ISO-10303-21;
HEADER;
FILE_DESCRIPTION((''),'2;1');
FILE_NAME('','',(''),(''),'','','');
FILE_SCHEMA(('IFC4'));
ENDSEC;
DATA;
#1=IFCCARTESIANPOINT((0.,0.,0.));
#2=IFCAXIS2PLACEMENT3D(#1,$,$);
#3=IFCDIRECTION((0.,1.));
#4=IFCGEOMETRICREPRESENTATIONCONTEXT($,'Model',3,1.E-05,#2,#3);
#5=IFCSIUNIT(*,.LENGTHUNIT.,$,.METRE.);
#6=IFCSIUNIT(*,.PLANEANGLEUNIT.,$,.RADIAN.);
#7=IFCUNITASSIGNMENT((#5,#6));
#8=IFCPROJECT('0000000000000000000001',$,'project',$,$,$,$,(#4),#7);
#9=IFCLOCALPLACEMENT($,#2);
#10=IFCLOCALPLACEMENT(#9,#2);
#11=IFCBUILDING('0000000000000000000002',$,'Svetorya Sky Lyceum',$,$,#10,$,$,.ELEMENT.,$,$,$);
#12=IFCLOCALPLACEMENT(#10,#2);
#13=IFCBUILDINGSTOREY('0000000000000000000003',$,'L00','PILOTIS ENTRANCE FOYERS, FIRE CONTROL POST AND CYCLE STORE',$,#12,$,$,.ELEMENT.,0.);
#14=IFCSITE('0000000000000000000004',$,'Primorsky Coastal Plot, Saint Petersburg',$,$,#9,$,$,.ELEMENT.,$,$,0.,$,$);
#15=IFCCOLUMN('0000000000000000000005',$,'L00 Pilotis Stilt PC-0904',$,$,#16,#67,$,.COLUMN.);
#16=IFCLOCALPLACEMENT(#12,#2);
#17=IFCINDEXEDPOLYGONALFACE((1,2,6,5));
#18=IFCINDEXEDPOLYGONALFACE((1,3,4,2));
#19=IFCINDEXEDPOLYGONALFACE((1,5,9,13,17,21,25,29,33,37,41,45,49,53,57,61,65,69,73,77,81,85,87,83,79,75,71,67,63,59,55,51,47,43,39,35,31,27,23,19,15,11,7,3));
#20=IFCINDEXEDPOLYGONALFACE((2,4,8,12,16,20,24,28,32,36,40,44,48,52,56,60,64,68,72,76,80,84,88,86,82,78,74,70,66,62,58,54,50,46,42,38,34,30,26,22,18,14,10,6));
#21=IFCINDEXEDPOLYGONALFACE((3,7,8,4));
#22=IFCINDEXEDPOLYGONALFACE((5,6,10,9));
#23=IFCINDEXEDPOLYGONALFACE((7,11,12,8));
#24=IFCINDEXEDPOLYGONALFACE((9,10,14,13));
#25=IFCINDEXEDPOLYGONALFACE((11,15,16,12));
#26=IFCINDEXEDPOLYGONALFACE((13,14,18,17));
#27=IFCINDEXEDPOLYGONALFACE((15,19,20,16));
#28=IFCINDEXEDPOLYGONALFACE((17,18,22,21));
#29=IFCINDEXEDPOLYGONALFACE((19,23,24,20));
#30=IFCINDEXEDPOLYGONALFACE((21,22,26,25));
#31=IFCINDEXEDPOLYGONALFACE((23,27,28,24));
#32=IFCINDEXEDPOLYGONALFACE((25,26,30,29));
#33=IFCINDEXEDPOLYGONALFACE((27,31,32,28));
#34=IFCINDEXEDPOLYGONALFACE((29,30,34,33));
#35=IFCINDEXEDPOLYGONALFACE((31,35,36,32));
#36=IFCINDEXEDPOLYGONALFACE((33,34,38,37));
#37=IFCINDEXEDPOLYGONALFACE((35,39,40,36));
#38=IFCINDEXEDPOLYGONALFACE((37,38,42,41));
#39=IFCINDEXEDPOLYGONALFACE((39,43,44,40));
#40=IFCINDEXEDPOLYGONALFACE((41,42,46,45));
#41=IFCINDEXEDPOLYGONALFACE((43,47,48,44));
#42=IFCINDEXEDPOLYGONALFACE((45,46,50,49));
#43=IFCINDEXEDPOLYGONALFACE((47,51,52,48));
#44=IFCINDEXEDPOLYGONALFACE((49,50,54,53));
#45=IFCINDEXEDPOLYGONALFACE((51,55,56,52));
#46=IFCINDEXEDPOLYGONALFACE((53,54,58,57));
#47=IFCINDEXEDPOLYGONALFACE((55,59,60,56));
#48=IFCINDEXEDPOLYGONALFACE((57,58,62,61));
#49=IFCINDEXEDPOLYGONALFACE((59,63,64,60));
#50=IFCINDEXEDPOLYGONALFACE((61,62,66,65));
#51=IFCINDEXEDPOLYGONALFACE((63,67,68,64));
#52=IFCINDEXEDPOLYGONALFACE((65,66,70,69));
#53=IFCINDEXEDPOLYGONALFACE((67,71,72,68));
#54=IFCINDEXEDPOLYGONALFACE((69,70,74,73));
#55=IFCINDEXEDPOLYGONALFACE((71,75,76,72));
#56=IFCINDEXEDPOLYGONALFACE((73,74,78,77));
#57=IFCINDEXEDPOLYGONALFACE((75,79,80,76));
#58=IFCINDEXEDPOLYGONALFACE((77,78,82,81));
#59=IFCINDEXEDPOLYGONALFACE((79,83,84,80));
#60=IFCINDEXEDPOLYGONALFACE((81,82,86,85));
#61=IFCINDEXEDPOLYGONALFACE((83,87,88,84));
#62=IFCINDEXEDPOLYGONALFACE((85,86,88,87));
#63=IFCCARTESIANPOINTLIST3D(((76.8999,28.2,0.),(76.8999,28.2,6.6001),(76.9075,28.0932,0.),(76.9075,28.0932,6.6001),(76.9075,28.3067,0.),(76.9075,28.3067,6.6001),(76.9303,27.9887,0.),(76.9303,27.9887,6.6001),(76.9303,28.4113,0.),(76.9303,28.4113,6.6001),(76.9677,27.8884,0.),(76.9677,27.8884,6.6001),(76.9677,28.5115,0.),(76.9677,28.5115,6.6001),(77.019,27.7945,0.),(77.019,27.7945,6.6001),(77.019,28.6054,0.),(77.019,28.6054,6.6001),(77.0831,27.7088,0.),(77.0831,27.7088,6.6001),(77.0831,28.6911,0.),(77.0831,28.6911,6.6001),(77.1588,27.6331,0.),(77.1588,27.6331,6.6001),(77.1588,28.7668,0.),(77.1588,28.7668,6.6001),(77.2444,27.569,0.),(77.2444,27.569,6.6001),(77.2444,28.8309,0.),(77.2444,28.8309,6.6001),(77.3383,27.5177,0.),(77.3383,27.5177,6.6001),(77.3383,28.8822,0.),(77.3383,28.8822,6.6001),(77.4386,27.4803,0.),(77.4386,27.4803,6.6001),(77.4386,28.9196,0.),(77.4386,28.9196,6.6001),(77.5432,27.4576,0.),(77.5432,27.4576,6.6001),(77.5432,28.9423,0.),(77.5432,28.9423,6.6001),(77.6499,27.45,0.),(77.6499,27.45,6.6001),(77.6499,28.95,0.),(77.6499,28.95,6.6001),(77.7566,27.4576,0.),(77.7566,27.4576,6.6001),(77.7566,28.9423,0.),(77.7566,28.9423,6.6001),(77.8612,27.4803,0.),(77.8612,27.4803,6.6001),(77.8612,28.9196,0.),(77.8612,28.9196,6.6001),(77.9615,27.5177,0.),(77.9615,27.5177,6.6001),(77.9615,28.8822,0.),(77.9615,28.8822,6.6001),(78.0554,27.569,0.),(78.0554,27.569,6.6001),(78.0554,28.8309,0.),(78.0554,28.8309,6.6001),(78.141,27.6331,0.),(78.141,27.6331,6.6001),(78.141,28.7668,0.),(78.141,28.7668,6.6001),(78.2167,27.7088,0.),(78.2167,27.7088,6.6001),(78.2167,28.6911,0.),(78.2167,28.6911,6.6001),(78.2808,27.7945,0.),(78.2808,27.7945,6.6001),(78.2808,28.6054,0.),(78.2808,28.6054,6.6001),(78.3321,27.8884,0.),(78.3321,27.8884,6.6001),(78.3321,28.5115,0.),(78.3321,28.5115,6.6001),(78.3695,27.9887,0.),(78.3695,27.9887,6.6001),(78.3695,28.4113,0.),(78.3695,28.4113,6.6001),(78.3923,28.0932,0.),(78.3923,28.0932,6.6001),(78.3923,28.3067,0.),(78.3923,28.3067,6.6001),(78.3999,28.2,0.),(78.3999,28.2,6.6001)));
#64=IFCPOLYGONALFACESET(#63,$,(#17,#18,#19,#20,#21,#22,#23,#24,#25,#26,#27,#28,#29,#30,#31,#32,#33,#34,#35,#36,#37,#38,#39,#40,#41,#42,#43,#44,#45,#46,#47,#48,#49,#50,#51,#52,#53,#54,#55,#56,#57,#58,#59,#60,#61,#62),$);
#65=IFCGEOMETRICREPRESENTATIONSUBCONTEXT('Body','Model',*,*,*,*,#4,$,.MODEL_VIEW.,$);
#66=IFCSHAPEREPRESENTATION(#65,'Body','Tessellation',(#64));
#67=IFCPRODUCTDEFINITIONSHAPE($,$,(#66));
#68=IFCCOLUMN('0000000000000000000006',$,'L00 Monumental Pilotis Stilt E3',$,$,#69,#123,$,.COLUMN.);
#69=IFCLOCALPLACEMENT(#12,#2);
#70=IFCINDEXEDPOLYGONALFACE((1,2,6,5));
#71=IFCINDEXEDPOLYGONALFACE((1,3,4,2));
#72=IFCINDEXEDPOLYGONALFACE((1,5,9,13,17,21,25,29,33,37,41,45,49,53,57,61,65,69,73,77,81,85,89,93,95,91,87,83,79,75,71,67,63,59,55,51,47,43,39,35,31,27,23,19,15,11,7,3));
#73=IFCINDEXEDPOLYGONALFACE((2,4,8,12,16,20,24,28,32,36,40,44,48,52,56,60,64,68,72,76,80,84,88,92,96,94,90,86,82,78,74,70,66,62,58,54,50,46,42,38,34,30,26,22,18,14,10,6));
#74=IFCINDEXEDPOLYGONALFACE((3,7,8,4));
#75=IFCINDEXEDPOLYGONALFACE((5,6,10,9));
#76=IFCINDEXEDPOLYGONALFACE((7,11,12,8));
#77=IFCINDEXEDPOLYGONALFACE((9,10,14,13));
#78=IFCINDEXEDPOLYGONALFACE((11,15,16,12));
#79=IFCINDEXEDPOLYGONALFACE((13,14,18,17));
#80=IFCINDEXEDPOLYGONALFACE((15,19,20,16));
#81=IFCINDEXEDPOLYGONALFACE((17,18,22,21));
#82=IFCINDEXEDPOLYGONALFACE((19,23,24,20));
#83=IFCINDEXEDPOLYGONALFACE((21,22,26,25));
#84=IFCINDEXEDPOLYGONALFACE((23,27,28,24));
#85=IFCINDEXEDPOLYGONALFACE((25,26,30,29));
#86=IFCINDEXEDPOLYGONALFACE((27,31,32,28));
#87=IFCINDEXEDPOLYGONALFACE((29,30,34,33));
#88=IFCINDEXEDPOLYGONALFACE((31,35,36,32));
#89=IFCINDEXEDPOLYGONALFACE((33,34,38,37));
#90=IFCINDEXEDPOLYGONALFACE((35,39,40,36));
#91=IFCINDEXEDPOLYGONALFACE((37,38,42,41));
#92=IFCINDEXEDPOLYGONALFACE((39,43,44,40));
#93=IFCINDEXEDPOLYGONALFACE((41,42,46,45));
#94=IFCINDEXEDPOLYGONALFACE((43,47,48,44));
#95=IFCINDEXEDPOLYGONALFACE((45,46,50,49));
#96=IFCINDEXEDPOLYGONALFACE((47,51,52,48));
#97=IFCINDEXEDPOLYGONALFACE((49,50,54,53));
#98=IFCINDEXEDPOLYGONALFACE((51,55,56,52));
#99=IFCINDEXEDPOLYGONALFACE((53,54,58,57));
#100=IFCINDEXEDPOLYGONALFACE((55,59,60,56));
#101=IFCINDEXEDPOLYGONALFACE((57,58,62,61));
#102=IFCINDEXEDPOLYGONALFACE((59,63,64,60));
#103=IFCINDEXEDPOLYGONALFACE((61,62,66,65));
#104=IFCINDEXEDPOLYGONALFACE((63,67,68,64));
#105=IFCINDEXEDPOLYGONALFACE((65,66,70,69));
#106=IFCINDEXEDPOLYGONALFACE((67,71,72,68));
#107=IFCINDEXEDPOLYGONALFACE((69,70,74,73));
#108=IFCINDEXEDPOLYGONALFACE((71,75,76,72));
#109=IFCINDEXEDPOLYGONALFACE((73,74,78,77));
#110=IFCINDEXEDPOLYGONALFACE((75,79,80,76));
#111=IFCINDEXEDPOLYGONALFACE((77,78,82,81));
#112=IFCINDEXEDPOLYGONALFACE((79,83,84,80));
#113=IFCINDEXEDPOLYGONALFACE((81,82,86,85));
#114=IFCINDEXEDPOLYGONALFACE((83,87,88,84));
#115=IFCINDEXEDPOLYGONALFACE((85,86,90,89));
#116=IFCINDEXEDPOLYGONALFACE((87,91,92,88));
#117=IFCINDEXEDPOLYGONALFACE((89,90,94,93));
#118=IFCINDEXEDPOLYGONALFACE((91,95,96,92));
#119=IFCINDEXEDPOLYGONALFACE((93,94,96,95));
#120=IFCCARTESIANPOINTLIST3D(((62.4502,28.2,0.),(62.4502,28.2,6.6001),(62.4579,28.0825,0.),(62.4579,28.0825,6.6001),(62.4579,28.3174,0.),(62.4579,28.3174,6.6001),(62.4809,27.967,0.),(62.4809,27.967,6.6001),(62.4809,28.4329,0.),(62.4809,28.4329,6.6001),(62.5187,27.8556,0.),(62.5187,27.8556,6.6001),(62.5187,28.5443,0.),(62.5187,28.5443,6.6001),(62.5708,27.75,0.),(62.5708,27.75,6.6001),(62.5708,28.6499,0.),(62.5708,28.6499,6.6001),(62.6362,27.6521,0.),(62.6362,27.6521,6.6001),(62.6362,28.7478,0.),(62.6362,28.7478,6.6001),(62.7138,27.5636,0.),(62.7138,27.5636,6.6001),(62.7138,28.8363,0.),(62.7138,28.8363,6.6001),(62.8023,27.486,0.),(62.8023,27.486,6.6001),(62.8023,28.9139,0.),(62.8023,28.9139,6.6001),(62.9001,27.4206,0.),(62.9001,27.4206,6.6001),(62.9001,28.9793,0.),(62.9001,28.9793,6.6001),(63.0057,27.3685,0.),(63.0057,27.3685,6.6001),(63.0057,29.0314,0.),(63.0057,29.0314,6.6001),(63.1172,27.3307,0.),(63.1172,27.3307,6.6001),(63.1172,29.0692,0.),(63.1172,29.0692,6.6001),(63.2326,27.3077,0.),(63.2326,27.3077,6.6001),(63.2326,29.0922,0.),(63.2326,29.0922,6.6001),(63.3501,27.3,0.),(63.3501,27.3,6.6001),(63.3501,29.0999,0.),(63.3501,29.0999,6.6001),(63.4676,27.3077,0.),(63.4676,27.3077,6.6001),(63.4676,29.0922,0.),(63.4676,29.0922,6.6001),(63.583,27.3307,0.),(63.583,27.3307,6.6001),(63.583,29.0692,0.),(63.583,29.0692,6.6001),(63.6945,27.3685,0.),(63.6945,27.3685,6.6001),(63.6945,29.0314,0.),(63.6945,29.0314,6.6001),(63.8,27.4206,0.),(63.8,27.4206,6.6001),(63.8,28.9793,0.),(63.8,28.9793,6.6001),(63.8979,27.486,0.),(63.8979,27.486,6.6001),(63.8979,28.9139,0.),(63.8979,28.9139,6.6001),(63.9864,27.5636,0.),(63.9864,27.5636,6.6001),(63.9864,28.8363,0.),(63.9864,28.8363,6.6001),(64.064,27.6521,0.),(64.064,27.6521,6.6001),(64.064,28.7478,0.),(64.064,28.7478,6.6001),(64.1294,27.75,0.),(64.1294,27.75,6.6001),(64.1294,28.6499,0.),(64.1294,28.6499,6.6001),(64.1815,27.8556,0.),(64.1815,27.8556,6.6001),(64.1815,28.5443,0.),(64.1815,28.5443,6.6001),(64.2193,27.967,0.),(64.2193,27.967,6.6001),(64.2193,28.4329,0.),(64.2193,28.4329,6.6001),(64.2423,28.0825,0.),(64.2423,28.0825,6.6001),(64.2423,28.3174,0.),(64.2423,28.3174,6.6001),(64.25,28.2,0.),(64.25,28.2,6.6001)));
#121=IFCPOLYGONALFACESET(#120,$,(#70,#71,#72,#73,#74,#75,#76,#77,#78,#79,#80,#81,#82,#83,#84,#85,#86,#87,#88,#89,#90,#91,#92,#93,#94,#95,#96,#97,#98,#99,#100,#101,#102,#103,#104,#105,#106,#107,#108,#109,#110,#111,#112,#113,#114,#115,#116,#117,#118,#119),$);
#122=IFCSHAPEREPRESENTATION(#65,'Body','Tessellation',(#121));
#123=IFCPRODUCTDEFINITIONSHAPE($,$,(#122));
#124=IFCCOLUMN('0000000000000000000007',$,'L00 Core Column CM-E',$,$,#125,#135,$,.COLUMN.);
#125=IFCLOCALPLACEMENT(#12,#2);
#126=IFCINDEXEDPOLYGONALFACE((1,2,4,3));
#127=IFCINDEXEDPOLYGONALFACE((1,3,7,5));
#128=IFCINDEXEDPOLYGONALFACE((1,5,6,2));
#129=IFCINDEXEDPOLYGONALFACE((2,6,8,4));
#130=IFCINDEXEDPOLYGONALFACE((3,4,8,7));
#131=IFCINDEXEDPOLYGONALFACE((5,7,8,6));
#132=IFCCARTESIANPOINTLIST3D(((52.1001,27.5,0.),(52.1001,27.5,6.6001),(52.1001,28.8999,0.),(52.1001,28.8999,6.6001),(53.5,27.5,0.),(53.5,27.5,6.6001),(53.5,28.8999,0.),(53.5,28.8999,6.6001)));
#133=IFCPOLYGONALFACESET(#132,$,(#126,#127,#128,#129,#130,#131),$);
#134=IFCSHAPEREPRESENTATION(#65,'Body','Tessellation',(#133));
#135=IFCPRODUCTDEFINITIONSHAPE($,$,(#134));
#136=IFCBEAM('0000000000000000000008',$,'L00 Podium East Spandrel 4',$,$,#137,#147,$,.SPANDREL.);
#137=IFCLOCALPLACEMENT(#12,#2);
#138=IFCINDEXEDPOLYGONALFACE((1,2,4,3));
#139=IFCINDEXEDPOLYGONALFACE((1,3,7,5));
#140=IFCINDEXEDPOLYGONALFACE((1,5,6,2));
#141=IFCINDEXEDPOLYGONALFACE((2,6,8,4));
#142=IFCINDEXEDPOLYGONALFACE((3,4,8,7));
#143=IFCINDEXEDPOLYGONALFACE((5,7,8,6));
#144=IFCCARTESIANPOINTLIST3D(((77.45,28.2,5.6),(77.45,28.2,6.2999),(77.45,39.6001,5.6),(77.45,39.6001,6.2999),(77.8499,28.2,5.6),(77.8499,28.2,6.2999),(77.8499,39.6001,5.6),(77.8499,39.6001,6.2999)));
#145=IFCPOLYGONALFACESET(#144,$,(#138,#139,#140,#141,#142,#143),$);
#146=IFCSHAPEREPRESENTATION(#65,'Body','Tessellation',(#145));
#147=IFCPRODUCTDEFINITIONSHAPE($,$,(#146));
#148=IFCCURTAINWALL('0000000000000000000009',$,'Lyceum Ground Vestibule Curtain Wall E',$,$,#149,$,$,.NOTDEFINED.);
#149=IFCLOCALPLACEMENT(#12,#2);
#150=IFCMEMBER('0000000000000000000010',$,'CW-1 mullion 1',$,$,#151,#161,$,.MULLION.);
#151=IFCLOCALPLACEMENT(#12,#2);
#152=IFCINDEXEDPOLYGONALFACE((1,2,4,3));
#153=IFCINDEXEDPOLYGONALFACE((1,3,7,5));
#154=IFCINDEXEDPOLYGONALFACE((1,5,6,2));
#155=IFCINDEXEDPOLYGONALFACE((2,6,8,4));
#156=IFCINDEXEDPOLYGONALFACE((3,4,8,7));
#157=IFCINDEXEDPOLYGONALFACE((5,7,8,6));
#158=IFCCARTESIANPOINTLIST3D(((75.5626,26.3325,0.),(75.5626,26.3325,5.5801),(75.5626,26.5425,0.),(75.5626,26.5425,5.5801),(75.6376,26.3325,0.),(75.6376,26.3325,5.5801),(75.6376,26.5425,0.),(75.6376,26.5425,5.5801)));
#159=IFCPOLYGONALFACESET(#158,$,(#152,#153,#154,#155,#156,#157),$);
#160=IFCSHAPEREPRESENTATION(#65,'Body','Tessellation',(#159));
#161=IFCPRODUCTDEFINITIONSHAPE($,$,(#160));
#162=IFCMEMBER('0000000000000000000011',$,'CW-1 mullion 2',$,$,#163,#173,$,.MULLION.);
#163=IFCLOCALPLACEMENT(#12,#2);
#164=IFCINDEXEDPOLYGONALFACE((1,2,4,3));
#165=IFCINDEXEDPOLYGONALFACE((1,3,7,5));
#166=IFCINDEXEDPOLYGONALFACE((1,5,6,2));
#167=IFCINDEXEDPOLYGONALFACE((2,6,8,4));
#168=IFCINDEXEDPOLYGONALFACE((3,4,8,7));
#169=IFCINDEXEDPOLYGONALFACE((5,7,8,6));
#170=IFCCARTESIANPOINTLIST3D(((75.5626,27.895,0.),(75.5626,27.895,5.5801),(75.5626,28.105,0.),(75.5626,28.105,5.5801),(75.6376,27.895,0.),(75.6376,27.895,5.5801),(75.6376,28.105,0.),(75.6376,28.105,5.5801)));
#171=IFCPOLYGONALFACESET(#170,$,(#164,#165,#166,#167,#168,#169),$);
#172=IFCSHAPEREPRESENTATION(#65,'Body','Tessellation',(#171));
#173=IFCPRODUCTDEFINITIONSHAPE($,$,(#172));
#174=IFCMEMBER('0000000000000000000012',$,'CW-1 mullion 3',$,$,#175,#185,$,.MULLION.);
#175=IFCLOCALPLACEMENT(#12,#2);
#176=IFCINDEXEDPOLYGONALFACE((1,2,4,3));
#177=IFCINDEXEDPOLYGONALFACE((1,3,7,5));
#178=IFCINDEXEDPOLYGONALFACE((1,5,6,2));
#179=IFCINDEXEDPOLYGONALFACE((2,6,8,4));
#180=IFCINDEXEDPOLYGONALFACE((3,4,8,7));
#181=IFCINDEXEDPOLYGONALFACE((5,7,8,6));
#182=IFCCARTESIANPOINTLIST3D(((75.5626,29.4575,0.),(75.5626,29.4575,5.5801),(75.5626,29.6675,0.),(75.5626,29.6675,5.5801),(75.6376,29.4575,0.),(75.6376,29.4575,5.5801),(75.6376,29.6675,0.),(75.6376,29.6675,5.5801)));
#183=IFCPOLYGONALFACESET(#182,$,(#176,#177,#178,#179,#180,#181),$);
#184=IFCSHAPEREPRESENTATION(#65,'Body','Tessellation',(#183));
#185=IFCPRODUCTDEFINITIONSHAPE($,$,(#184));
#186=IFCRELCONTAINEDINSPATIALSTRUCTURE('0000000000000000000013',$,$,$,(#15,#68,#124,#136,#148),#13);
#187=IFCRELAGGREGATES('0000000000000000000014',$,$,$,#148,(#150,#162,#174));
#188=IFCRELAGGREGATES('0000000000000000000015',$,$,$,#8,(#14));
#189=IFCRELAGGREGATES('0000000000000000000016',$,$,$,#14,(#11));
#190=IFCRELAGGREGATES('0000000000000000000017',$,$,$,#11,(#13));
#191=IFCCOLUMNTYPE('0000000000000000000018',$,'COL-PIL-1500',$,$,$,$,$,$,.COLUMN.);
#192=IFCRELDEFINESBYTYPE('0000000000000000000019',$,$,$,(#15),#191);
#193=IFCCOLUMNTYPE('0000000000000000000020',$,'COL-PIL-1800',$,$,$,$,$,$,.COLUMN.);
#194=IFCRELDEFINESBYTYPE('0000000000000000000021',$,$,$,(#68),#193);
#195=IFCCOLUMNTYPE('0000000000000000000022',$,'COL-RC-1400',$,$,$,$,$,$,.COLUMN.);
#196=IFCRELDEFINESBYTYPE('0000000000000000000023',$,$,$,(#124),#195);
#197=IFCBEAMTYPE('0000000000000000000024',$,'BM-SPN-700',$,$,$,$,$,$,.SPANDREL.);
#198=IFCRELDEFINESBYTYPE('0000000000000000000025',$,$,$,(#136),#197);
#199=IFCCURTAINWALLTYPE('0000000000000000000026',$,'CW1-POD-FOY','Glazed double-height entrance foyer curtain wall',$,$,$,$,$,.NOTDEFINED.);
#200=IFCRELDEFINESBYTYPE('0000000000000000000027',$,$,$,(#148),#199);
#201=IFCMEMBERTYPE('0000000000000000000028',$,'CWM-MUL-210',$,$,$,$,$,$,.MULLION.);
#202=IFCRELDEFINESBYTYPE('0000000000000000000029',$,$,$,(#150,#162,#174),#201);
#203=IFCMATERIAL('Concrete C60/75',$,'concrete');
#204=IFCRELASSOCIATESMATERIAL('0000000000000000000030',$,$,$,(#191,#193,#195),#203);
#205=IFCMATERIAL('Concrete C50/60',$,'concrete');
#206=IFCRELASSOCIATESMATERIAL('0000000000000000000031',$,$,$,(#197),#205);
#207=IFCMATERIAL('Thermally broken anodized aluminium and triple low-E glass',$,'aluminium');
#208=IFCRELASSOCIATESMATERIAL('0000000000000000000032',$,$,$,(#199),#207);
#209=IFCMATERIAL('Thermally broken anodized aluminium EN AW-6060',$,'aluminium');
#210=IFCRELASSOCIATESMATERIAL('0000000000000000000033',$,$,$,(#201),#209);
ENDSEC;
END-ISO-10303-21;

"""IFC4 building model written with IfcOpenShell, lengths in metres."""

from ifc_helpers import new_model, si_unit, direction, frame, origin, origin_2d, place, context, subcontext, project, spatial, rectangle, circle, extrude, material, material_profile, profile_set, type_object, element, aggregate, save


model = new_model("IFC4")

# Units and contexts
model_context = context("Model", 3, precision=1e-05, world=origin(), true_north=direction((0.0, 1.0)))
body_context = subcontext(model_context, "Body", "Model", "MODEL_VIEW")
ifc_project = project(units=[si_unit("LENGTHUNIT", "METRE"), si_unit("PLANEANGLEUNIT", "RADIAN")], contexts=[model_context])

# Site, building, storey
site_placement = place(None, origin())
site = spatial("IfcSite", under=ifc_project, at=site_placement, Name="Primorsky Coastal Plot, Saint Petersburg", CompositionType="ELEMENT", RefElevation=0.0)
building_placement = place(site_placement, origin())
building = spatial("IfcBuilding", under=site, at=building_placement, Name="Svetorya Sky Lyceum", CompositionType="ELEMENT")
storey_placement = place(building_placement, origin())
storey = spatial("IfcBuildingStorey", under=building, at=storey_placement, Name="L00", Description="PILOTIS ENTRANCE FOYERS, FIRE CONTROL POST AND CYCLE STORE", CompositionType="ELEMENT", Elevation=0.0)

# Columns
ifc_material_1 = material(Name="Concrete C60/75", Category="concrete")
ifc_material_profile_1 = material_profile(ifc_material_1, circle(Radius=0.75, at=origin_2d()), Name="RC PILOTI D1500")
ifc_profile_set_1 = profile_set([ifc_material_profile_1], Name="Concrete C60/75")
column_type_1 = type_object("IfcColumnType", Name="COL-PIL-1500", PredefinedType="COLUMN", material=ifc_profile_set_1)
column_1_placement = place(storey_placement, frame((77.6499, 28.2, 0.0), z_axis=(0.0, 0.0, 1.0), x_axis=(1.0, 0.0, 0.0)))
element("IfcColumn", 1, at=column_1_placement, inside=storey, type_object=column_type_1, Name="L00 Pilotis Stilt PC-0904", PredefinedType="COLUMN", context=body_context, shape_type="SweptSolid", body=[
    extrude(circle(Radius=0.75, at=origin_2d()), origin(), (0.0, 0.0, 1.0), 6.6001),
])
ifc_material_profile_2 = material_profile(ifc_material_1, circle(Radius=0.8999, at=origin_2d()), Name="RC PILOTI D1800")
ifc_profile_set_2 = profile_set([ifc_material_profile_2], Name="Concrete C60/75")
column_type_2 = type_object("IfcColumnType", Name="COL-PIL-1800", PredefinedType="COLUMN", material=ifc_profile_set_2)
column_2_placement = place(storey_placement, frame((63.3501, 28.2, 0.0), z_axis=(0.0, 0.0, 1.0), x_axis=(1.0, 0.0, 0.0)))
element("IfcColumn", 2, at=column_2_placement, inside=storey, type_object=column_type_2, Name="L00 Monumental Pilotis Stilt E3", PredefinedType="COLUMN", context=body_context, shape_type="SweptSolid", body=[
    extrude(circle(Radius=0.8999, at=origin_2d()), origin(), (0.0, 0.0, 1.0), 6.6001),
])
ifc_material_profile_3 = material_profile(ifc_material_1, rectangle(XDim=1.3999, YDim=1.3999, at=origin_2d()), Name="RC COL 1400x1400")
ifc_profile_set_3 = profile_set([ifc_material_profile_3], Name="Concrete C60/75")
column_type_3 = type_object("IfcColumnType", Name="COL-RC-1400", PredefinedType="COLUMN", material=ifc_profile_set_3)
column_3_placement = place(storey_placement, frame((52.8, 28.2, 0.0), z_axis=(0.0, 0.0, 1.0), x_axis=(1.0, 0.0, 0.0)))
element("IfcColumn", 3, at=column_3_placement, inside=storey, type_object=column_type_3, Name="L00 Core Column CM-E", PredefinedType="COLUMN", context=body_context, shape_type="SweptSolid", body=[
    extrude(rectangle(XDim=1.3999, YDim=1.3999, at=origin_2d()), origin(), (0.0, 0.0, 1.0), 6.6001),
])

# Beam
ifc_material_2 = material(Name="Concrete C50/60", Category="concrete")
ifc_material_profile_4 = material_profile(ifc_material_2, rectangle(XDim=0.3999, YDim=0.7, at=origin_2d()), Name="RC SPANDREL 400x700")
ifc_profile_set_4 = profile_set([ifc_material_profile_4], Name="Concrete C50/60")
beam_type = type_object("IfcBeamType", Name="BM-SPN-700", PredefinedType="SPANDREL", material=ifc_profile_set_4)
beam_placement = place(storey_placement, frame((77.6499, 28.2, 5.95), z_axis=(0.0, 1.0, 0.0), x_axis=(-1.0, 0.0, 0.0)))
element("IfcBeam", 4, at=beam_placement, inside=storey, type_object=beam_type, Name="L00 Podium East Spandrel 4", PredefinedType="SPANDREL", context=body_context, shape_type="SweptSolid", body=[
    extrude(rectangle(XDim=0.3999, YDim=0.7, at=origin_2d()), origin(), (0.0, 0.0, 1.0), 11.4001),
])

# Curtain wall, members
ifc_material_3 = material(Name="Thermally broken anodized aluminium and triple low-E glass", Category="aluminium")
curtain_wall_type = type_object("IfcCurtainWallType", Name="CW1-POD-FOY", Description="Glazed double-height entrance foyer curtain wall", PredefinedType="NOTDEFINED", material=ifc_material_3)
curtain_wall_placement = place(storey_placement, origin())
curtain_wall = element("IfcCurtainWall", 5, at=curtain_wall_placement, inside=storey, type_object=curtain_wall_type, Name="Lyceum Ground Vestibule Curtain Wall E", PredefinedType="NOTDEFINED")
ifc_material_4 = material(Name="Thermally broken anodized aluminium EN AW-6060", Category="aluminium")
ifc_material_profile_5 = material_profile(ifc_material_4, rectangle(XDim=0.075, YDim=0.21, at=origin_2d()), Name="ALU MULLION 75x210")
ifc_profile_set_5 = profile_set([ifc_material_profile_5], Name="Thermally broken anodized aluminium EN AW-6060")
member_type_1 = type_object("IfcMemberType", Name="CWM-MUL-210", PredefinedType="MULLION", material=ifc_profile_set_5)
member_1_placement = place(storey_placement, frame((75.6001, 26.4375, 0.0), z_axis=(0.0, 0.0, 1.0), x_axis=(-1.0, 0.0, 0.0)))
member_1 = element("IfcMember", 6, at=member_1_placement, type_object=member_type_1, Name="CW-1 mullion 1", PredefinedType="MULLION", context=body_context, shape_type="SweptSolid", body=[
    extrude(rectangle(XDim=0.075, YDim=0.21, at=origin_2d()), origin(), (0.0, 0.0, 1.0), 5.5801),
])
member_2_placement = place(storey_placement, frame((75.6001, 28.0, 0.0), z_axis=(0.0, 0.0, 1.0), x_axis=(-1.0, 0.0, 0.0)))
member_2 = element("IfcMember", 7, at=member_2_placement, type_object=member_type_1, Name="CW-1 mullion 2", PredefinedType="MULLION", context=body_context, shape_type="SweptSolid", body=[
    extrude(rectangle(XDim=0.075, YDim=0.21, at=origin_2d()), origin(), (0.0, 0.0, 1.0), 5.5801),
])
member_3_placement = place(storey_placement, frame((75.6001, 29.5625, 0.0), z_axis=(0.0, 0.0, 1.0), x_axis=(-1.0, 0.0, 0.0)))
member_3 = element("IfcMember", 8, at=member_3_placement, type_object=member_type_1, Name="CW-1 mullion 3", PredefinedType="MULLION", context=body_context, shape_type="SweptSolid", body=[
    extrude(rectangle(XDim=0.075, YDim=0.21, at=origin_2d()), origin(), (0.0, 0.0, 1.0), 5.5801),
])
aggregate(curtain_wall, [member_1, member_2, member_3])

save(model, "model.ifc")
